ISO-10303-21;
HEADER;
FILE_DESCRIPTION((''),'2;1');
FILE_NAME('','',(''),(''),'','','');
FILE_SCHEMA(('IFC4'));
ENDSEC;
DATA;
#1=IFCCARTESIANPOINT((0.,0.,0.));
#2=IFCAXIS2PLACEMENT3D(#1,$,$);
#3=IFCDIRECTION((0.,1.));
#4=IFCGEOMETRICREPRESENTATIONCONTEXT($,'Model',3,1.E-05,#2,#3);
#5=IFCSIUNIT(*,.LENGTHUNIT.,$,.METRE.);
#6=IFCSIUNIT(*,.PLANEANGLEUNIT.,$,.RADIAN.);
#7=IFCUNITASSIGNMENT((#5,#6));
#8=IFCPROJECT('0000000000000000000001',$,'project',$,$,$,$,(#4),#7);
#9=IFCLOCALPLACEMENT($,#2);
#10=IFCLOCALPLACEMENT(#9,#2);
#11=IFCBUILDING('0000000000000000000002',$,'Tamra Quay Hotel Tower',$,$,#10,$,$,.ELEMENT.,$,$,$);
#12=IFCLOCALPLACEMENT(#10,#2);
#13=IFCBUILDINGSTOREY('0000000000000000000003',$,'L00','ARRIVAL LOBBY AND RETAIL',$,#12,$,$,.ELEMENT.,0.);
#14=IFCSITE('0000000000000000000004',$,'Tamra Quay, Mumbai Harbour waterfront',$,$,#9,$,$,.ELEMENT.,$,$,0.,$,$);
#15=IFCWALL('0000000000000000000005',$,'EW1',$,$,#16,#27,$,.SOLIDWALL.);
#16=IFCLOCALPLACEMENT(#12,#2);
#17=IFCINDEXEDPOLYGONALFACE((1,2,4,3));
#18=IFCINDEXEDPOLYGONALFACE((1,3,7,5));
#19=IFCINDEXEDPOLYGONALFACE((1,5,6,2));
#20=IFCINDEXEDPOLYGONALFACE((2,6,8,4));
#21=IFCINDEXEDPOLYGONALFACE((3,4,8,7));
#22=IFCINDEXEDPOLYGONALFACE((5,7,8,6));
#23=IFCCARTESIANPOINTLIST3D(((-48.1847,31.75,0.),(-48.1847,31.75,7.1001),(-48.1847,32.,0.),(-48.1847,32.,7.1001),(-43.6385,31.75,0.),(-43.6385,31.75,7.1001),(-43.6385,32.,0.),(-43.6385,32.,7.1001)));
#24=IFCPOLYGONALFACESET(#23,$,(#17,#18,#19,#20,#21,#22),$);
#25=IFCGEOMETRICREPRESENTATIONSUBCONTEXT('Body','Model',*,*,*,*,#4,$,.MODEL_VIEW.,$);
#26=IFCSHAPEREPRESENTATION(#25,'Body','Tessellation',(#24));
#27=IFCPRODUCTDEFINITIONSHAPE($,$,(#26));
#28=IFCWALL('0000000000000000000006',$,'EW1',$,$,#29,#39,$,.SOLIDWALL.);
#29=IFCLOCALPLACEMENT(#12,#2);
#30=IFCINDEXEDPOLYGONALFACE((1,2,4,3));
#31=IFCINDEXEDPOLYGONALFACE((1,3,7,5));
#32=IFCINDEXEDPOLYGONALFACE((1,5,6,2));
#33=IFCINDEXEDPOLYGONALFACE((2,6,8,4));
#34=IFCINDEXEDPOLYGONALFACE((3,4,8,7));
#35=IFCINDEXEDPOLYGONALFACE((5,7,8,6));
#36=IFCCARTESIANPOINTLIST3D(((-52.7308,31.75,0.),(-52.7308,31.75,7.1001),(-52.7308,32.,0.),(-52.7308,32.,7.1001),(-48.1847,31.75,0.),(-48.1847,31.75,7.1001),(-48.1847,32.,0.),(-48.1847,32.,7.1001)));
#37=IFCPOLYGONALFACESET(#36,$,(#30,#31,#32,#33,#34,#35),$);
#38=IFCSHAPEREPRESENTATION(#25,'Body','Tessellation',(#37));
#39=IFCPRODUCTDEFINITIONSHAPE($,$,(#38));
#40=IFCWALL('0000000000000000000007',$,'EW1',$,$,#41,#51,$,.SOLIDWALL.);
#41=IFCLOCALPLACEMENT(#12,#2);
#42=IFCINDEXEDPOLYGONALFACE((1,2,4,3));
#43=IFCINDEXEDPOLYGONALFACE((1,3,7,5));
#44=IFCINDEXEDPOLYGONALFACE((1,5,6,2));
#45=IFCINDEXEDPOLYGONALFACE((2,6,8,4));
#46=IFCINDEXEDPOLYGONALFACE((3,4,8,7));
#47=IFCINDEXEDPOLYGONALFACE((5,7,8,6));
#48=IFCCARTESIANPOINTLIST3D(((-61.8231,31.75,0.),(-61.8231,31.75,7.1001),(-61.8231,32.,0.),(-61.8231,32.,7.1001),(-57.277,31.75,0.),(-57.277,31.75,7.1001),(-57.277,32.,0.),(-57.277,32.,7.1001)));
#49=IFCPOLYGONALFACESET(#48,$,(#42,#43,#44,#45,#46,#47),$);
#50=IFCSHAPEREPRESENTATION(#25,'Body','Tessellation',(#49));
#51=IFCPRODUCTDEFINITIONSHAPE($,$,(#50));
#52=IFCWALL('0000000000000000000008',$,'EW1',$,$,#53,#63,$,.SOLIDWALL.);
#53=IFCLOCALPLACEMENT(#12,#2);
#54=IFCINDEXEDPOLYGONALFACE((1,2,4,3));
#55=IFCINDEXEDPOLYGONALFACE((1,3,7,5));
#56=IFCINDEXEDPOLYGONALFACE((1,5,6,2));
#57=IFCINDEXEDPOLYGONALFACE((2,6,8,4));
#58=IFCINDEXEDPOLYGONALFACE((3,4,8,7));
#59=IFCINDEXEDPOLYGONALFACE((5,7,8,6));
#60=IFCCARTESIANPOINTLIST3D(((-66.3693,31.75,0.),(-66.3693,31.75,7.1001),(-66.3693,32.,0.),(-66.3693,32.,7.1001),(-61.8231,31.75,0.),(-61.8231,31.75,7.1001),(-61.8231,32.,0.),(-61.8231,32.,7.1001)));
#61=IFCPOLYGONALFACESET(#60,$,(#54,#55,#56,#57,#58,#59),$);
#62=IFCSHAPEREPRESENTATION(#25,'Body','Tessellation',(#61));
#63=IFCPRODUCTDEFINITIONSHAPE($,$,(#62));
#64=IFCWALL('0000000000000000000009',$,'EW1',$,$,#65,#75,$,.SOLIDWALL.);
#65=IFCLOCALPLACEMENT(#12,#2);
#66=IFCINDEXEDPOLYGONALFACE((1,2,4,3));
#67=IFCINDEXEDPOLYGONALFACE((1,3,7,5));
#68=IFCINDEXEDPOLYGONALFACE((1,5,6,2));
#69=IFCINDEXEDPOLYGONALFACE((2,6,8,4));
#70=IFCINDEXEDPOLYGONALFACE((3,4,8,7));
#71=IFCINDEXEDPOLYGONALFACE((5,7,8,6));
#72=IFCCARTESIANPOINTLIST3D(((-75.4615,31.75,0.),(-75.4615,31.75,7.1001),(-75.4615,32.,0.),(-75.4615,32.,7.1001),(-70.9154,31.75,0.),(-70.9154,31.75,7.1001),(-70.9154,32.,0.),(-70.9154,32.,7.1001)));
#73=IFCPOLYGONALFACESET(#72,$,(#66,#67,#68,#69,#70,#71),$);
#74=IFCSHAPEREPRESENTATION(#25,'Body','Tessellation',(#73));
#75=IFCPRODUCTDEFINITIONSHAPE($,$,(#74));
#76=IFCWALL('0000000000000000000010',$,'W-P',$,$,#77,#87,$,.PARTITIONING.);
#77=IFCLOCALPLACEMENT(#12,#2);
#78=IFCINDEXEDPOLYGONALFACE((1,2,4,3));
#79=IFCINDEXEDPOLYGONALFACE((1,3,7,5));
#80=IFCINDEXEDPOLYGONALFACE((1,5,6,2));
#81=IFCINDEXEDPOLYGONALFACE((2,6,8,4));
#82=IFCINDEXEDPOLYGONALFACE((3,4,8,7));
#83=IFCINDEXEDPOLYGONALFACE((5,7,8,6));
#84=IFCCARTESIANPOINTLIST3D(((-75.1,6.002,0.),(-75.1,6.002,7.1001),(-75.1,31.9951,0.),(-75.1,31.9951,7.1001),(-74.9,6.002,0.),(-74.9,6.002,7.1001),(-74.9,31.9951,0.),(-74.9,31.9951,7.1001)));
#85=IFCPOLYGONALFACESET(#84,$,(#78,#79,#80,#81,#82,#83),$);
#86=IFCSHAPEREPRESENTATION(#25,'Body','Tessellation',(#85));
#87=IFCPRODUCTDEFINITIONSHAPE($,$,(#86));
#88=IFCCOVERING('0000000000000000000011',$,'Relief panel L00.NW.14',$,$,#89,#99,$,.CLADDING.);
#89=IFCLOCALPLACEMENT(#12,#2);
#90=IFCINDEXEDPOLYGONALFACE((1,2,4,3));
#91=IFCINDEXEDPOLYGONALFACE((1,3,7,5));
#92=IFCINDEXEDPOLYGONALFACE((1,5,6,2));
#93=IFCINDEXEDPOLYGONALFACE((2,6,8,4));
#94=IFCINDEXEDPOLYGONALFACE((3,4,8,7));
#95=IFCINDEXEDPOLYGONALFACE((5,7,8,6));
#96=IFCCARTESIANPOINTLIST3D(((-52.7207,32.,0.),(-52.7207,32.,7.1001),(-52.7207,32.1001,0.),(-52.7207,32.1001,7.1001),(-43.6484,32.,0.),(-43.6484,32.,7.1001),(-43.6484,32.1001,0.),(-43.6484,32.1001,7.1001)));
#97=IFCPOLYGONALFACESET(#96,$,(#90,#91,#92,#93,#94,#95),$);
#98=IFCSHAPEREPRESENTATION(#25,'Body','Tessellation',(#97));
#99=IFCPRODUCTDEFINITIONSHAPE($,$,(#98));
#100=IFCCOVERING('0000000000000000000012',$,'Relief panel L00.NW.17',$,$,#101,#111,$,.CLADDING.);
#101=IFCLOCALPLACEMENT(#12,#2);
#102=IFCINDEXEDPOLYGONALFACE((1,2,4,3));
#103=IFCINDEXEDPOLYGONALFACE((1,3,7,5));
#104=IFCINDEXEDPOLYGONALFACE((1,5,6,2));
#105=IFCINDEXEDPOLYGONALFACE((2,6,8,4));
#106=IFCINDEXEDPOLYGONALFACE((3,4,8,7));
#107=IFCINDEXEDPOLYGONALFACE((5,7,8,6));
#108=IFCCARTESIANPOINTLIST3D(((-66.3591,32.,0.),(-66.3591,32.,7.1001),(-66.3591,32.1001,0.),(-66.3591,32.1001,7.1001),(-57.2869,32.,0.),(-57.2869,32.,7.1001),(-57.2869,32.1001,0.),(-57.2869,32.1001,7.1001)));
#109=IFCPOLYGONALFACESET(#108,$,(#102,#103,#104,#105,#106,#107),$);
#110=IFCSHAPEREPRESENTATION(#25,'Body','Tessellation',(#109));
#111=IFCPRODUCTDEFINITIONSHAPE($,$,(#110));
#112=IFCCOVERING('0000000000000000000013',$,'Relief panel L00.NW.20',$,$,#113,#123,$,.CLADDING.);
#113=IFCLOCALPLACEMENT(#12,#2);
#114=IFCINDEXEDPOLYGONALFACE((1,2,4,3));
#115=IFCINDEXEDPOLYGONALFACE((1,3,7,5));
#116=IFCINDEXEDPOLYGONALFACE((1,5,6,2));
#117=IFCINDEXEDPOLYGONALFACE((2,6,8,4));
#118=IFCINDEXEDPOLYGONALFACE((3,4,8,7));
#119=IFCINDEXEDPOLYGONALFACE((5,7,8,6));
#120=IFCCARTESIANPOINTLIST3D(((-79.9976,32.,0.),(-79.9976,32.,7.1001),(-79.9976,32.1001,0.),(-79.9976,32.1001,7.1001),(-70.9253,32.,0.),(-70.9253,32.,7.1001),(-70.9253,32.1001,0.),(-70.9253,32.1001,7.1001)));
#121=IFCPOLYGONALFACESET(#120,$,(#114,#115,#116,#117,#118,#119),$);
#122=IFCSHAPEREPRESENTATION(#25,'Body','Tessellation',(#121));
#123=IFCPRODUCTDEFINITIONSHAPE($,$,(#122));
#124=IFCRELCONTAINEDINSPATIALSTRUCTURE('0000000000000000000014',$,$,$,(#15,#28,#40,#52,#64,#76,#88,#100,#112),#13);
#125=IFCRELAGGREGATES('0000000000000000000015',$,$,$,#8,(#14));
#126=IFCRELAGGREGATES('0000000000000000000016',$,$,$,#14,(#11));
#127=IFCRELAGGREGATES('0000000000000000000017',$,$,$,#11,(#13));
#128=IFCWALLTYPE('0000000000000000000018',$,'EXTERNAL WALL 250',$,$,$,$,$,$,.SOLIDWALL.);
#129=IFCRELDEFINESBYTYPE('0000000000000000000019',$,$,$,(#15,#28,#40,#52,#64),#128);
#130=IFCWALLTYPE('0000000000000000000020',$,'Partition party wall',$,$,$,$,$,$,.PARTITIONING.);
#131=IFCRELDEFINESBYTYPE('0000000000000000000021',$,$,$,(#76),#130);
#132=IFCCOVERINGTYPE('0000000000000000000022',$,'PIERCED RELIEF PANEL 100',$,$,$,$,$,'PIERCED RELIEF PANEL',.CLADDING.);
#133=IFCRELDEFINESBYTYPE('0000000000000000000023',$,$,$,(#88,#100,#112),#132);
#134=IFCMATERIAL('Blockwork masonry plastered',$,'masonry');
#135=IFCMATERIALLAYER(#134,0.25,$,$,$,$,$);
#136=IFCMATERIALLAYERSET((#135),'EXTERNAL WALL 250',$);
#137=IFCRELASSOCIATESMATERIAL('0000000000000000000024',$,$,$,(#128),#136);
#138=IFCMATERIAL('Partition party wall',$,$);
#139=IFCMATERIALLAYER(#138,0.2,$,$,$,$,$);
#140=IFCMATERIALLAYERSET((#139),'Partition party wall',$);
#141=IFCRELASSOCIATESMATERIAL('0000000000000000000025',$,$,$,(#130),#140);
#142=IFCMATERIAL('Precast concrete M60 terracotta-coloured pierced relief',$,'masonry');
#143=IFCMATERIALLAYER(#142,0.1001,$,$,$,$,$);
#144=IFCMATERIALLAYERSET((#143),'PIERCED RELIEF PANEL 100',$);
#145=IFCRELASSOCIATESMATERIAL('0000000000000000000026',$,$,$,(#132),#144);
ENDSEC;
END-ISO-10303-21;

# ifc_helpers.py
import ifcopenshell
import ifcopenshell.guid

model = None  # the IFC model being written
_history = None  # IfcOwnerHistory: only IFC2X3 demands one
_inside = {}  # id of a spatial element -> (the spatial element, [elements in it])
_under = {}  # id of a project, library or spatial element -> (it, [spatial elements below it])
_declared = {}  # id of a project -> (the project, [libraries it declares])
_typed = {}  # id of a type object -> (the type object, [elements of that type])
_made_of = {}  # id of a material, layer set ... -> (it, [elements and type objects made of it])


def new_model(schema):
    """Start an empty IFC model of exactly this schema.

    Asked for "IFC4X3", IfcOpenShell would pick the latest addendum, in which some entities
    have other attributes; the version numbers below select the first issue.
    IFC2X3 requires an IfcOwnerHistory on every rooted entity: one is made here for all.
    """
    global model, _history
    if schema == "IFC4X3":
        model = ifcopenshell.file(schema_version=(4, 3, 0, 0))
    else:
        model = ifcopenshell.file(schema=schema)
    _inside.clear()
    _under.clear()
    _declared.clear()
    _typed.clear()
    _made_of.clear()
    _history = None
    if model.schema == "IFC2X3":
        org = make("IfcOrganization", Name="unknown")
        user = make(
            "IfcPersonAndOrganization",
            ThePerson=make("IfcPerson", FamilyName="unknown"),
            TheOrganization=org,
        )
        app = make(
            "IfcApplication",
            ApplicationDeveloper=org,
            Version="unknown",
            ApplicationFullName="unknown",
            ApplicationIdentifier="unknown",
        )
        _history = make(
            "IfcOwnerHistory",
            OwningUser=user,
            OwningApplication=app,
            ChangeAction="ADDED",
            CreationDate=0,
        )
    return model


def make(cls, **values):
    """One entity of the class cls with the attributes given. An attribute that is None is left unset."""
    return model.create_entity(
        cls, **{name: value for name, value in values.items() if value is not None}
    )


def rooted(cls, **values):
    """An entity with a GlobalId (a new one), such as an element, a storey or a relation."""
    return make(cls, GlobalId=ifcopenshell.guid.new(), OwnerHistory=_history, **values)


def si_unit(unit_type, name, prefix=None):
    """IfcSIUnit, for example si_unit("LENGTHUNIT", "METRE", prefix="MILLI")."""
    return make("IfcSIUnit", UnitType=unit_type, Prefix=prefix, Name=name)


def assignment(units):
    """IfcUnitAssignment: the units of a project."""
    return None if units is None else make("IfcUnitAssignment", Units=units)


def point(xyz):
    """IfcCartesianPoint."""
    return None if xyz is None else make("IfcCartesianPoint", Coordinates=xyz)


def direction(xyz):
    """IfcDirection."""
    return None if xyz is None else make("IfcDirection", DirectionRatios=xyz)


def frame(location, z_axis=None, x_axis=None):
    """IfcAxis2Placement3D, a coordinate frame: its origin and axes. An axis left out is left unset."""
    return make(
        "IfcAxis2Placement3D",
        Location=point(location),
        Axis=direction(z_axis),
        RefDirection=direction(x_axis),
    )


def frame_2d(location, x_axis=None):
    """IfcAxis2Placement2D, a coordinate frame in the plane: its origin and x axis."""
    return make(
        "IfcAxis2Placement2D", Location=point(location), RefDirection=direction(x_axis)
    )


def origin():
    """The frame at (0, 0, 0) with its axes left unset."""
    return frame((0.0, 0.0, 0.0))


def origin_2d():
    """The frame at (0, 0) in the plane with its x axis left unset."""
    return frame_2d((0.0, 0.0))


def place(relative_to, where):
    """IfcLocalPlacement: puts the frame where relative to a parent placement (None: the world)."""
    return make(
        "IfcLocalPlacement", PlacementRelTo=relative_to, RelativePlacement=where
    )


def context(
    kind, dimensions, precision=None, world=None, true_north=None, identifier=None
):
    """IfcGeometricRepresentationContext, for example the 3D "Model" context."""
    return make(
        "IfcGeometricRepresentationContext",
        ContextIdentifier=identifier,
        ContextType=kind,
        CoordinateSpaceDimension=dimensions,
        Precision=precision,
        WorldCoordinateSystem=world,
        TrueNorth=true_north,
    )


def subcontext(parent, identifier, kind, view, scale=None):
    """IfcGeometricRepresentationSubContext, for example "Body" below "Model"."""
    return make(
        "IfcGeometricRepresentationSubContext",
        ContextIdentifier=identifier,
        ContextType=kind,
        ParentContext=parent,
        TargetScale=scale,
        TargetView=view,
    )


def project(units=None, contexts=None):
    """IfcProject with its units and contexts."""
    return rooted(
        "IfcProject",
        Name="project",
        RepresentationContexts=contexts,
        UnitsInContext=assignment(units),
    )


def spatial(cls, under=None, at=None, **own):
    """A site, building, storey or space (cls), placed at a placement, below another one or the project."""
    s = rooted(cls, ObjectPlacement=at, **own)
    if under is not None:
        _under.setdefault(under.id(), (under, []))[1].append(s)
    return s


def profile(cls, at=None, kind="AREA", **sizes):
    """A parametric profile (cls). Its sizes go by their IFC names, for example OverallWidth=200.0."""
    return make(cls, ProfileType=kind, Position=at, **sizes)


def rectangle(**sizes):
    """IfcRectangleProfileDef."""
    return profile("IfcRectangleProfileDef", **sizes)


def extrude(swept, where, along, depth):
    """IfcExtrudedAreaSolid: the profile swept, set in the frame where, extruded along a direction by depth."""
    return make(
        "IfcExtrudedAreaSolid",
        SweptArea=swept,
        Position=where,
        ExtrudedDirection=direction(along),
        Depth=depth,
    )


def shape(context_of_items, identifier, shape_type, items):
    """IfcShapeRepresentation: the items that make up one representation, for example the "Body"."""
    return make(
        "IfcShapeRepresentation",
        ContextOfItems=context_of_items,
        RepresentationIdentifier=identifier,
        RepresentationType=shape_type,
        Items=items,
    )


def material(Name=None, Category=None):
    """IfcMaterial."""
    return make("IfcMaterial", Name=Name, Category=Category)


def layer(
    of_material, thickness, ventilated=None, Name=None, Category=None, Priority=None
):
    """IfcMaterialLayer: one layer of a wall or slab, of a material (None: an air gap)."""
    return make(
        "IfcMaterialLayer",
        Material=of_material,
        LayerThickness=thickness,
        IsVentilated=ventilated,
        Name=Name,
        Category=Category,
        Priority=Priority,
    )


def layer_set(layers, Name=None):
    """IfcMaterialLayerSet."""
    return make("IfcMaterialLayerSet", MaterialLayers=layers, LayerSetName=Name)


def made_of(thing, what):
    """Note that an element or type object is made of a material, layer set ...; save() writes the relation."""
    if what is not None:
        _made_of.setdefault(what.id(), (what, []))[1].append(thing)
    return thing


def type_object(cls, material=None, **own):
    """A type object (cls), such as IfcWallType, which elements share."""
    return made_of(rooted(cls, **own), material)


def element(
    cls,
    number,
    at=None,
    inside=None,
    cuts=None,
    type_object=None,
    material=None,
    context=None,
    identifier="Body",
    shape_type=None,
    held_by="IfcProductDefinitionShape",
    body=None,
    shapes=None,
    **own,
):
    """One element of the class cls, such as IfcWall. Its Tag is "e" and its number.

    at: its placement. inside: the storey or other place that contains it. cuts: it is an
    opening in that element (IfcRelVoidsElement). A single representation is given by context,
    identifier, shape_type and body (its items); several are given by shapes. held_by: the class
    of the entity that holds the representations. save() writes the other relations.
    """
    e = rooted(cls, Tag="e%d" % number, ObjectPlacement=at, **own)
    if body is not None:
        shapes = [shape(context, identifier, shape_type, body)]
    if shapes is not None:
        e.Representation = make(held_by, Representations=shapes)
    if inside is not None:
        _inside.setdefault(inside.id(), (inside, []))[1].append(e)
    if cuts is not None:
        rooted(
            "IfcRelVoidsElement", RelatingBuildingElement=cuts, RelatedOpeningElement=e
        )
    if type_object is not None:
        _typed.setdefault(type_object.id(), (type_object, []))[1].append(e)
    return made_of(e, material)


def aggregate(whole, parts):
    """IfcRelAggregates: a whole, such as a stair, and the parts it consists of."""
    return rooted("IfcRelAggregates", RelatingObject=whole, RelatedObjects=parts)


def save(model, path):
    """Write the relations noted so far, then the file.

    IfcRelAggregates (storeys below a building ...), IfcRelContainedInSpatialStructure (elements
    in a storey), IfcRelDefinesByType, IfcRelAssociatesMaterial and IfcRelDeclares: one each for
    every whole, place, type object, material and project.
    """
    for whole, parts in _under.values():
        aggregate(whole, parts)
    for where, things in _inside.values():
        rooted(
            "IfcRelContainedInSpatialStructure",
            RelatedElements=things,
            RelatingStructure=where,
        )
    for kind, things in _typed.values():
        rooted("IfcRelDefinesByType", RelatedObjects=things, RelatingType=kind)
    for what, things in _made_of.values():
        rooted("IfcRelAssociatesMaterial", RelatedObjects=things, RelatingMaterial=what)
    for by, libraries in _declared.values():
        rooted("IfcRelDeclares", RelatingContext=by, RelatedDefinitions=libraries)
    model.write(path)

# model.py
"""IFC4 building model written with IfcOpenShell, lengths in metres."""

from ifc_helpers import new_model, si_unit, direction, frame, frame_2d, origin, origin_2d, place, context, subcontext, project, spatial, rectangle, extrude, material, layer, layer_set, type_object, element, save


model = new_model("IFC4")

# Units and contexts
model_context = context("Model", 3, precision=1e-05, world=origin(), true_north=direction((0.0, 1.0)))
body_context = subcontext(model_context, "Body", "Model", "MODEL_VIEW")
ifc_project = project(units=[si_unit("LENGTHUNIT", "METRE"), si_unit("PLANEANGLEUNIT", "RADIAN")], contexts=[model_context])

# Site, building, storey
site_placement = place(None, origin())
site = spatial("IfcSite", under=ifc_project, at=site_placement, Name="Tamra Quay, Mumbai Harbour waterfront", CompositionType="ELEMENT", RefElevation=0.0)
building_placement = place(site_placement, origin())
building = spatial("IfcBuilding", under=site, at=building_placement, Name="Tamra Quay Hotel Tower", CompositionType="ELEMENT")
storey_placement = place(building_placement, origin())
storey = spatial("IfcBuildingStorey", under=building, at=storey_placement, Name="L00", Description="ARRIVAL LOBBY AND RETAIL", CompositionType="ELEMENT", Elevation=0.0)

# Walls
ifc_material_1 = material(Name="Blockwork masonry plastered", Category="masonry")
ifc_layer_1 = layer(ifc_material_1, 0.25)
ifc_layer_set_1 = layer_set([ifc_layer_1], Name="EXTERNAL WALL 250")
wall_type_1 = type_object("IfcWallType", Name="EXTERNAL WALL 250", PredefinedType="SOLIDWALL", material=ifc_layer_set_1)
for number, where, z_axis, x_axis, name in (
    (1, (-48.1846, 31.875, 0.0), (0.0, 0.0, 1.0), (1.0, 0.0, 0.0), "EW1"),
    (2, (-52.7307, 31.875, 0.0), (0.0, 0.0, 1.0), (1.0, 0.0, 0.0), "EW1"),
    (3, (-61.823, 31.875, 0.0), (0.0, 0.0, 1.0), (1.0, 0.0, 0.0), "EW1"),
    (4, (-66.3691, 31.875, 0.0), (0.0, 0.0, 1.0), (1.0, 0.0, 0.0), "EW1"),
    (5, (-75.4614, 31.875, 0.0), (0.0, 0.0, 1.0), (1.0, 0.0, 0.0), "EW1"),
):
    element("IfcWall", number, at=place(storey_placement, frame(where, z_axis=z_axis, x_axis=x_axis)), inside=storey, type_object=wall_type_1, Name=name, PredefinedType="SOLIDWALL", context=body_context, shape_type="SweptSolid", body=[
        extrude(rectangle(XDim=4.5461, YDim=0.25, at=frame_2d((2.2729, 0.0))), origin(), (0.0, 0.0, 1.0), 7.1001),
    ])
ifc_material_2 = material(Name="Partition party wall")
ifc_layer_2 = layer(ifc_material_2, 0.2)
ifc_layer_set_2 = layer_set([ifc_layer_2], Name="Partition party wall")
wall_type_2 = type_object("IfcWallType", Name="Partition party wall", PredefinedType="PARTITIONING", material=ifc_layer_set_2)
wall_placement = place(storey_placement, frame((-75.0, 6.002, 0.0), z_axis=(0.0, 0.0, 1.0), x_axis=(0.0, 1.0, 0.0)))
element("IfcWall", 6, at=wall_placement, inside=storey, type_object=wall_type_2, Name="W-P", PredefinedType="PARTITIONING", context=body_context, shape_type="SweptSolid", body=[
    extrude(rectangle(XDim=25.9932, YDim=0.2, at=frame_2d((12.9966, 0.0))), origin(), (0.0, 0.0, 1.0), 7.1001),
])

# Coverings
ifc_material_3 = material(Name="Precast concrete M60 terracotta-coloured pierced relief", Category="masonry")
ifc_layer_3 = layer(ifc_material_3, 0.1001)
ifc_layer_set_3 = layer_set([ifc_layer_3], Name="PIERCED RELIEF PANEL 100")
covering_type = type_object("IfcCoveringType", Name="PIERCED RELIEF PANEL 100", ElementType="PIERCED RELIEF PANEL", PredefinedType="CLADDING", material=ifc_layer_set_3)
for number, where, z_axis, x_axis, name in (
    (7, (-48.1846, 32.05, 0.0), (0.0, 0.0, 1.0), (-1.0, 0.0, 0.0), "Relief panel L00.NW.14"),
    (8, (-61.823, 32.05, 0.0), (0.0, 0.0, 1.0), (-1.0, 0.0, 0.0), "Relief panel L00.NW.17"),
    (9, (-75.4614, 32.05, 0.0), (0.0, 0.0, 1.0), (-1.0, 0.0, 0.0), "Relief panel L00.NW.20"),
):
    element("IfcCovering", number, at=place(storey_placement, frame(where, z_axis=z_axis, x_axis=x_axis)), inside=storey, type_object=covering_type, Name=name, PredefinedType="CLADDING", context=body_context, shape_type="SweptSolid", body=[
        extrude(rectangle(XDim=9.0723, YDim=0.1001, at=origin_2d()), origin(), (0.0, 0.0, 1.0), 7.1001),
    ])

save(model, "model.ifc")
